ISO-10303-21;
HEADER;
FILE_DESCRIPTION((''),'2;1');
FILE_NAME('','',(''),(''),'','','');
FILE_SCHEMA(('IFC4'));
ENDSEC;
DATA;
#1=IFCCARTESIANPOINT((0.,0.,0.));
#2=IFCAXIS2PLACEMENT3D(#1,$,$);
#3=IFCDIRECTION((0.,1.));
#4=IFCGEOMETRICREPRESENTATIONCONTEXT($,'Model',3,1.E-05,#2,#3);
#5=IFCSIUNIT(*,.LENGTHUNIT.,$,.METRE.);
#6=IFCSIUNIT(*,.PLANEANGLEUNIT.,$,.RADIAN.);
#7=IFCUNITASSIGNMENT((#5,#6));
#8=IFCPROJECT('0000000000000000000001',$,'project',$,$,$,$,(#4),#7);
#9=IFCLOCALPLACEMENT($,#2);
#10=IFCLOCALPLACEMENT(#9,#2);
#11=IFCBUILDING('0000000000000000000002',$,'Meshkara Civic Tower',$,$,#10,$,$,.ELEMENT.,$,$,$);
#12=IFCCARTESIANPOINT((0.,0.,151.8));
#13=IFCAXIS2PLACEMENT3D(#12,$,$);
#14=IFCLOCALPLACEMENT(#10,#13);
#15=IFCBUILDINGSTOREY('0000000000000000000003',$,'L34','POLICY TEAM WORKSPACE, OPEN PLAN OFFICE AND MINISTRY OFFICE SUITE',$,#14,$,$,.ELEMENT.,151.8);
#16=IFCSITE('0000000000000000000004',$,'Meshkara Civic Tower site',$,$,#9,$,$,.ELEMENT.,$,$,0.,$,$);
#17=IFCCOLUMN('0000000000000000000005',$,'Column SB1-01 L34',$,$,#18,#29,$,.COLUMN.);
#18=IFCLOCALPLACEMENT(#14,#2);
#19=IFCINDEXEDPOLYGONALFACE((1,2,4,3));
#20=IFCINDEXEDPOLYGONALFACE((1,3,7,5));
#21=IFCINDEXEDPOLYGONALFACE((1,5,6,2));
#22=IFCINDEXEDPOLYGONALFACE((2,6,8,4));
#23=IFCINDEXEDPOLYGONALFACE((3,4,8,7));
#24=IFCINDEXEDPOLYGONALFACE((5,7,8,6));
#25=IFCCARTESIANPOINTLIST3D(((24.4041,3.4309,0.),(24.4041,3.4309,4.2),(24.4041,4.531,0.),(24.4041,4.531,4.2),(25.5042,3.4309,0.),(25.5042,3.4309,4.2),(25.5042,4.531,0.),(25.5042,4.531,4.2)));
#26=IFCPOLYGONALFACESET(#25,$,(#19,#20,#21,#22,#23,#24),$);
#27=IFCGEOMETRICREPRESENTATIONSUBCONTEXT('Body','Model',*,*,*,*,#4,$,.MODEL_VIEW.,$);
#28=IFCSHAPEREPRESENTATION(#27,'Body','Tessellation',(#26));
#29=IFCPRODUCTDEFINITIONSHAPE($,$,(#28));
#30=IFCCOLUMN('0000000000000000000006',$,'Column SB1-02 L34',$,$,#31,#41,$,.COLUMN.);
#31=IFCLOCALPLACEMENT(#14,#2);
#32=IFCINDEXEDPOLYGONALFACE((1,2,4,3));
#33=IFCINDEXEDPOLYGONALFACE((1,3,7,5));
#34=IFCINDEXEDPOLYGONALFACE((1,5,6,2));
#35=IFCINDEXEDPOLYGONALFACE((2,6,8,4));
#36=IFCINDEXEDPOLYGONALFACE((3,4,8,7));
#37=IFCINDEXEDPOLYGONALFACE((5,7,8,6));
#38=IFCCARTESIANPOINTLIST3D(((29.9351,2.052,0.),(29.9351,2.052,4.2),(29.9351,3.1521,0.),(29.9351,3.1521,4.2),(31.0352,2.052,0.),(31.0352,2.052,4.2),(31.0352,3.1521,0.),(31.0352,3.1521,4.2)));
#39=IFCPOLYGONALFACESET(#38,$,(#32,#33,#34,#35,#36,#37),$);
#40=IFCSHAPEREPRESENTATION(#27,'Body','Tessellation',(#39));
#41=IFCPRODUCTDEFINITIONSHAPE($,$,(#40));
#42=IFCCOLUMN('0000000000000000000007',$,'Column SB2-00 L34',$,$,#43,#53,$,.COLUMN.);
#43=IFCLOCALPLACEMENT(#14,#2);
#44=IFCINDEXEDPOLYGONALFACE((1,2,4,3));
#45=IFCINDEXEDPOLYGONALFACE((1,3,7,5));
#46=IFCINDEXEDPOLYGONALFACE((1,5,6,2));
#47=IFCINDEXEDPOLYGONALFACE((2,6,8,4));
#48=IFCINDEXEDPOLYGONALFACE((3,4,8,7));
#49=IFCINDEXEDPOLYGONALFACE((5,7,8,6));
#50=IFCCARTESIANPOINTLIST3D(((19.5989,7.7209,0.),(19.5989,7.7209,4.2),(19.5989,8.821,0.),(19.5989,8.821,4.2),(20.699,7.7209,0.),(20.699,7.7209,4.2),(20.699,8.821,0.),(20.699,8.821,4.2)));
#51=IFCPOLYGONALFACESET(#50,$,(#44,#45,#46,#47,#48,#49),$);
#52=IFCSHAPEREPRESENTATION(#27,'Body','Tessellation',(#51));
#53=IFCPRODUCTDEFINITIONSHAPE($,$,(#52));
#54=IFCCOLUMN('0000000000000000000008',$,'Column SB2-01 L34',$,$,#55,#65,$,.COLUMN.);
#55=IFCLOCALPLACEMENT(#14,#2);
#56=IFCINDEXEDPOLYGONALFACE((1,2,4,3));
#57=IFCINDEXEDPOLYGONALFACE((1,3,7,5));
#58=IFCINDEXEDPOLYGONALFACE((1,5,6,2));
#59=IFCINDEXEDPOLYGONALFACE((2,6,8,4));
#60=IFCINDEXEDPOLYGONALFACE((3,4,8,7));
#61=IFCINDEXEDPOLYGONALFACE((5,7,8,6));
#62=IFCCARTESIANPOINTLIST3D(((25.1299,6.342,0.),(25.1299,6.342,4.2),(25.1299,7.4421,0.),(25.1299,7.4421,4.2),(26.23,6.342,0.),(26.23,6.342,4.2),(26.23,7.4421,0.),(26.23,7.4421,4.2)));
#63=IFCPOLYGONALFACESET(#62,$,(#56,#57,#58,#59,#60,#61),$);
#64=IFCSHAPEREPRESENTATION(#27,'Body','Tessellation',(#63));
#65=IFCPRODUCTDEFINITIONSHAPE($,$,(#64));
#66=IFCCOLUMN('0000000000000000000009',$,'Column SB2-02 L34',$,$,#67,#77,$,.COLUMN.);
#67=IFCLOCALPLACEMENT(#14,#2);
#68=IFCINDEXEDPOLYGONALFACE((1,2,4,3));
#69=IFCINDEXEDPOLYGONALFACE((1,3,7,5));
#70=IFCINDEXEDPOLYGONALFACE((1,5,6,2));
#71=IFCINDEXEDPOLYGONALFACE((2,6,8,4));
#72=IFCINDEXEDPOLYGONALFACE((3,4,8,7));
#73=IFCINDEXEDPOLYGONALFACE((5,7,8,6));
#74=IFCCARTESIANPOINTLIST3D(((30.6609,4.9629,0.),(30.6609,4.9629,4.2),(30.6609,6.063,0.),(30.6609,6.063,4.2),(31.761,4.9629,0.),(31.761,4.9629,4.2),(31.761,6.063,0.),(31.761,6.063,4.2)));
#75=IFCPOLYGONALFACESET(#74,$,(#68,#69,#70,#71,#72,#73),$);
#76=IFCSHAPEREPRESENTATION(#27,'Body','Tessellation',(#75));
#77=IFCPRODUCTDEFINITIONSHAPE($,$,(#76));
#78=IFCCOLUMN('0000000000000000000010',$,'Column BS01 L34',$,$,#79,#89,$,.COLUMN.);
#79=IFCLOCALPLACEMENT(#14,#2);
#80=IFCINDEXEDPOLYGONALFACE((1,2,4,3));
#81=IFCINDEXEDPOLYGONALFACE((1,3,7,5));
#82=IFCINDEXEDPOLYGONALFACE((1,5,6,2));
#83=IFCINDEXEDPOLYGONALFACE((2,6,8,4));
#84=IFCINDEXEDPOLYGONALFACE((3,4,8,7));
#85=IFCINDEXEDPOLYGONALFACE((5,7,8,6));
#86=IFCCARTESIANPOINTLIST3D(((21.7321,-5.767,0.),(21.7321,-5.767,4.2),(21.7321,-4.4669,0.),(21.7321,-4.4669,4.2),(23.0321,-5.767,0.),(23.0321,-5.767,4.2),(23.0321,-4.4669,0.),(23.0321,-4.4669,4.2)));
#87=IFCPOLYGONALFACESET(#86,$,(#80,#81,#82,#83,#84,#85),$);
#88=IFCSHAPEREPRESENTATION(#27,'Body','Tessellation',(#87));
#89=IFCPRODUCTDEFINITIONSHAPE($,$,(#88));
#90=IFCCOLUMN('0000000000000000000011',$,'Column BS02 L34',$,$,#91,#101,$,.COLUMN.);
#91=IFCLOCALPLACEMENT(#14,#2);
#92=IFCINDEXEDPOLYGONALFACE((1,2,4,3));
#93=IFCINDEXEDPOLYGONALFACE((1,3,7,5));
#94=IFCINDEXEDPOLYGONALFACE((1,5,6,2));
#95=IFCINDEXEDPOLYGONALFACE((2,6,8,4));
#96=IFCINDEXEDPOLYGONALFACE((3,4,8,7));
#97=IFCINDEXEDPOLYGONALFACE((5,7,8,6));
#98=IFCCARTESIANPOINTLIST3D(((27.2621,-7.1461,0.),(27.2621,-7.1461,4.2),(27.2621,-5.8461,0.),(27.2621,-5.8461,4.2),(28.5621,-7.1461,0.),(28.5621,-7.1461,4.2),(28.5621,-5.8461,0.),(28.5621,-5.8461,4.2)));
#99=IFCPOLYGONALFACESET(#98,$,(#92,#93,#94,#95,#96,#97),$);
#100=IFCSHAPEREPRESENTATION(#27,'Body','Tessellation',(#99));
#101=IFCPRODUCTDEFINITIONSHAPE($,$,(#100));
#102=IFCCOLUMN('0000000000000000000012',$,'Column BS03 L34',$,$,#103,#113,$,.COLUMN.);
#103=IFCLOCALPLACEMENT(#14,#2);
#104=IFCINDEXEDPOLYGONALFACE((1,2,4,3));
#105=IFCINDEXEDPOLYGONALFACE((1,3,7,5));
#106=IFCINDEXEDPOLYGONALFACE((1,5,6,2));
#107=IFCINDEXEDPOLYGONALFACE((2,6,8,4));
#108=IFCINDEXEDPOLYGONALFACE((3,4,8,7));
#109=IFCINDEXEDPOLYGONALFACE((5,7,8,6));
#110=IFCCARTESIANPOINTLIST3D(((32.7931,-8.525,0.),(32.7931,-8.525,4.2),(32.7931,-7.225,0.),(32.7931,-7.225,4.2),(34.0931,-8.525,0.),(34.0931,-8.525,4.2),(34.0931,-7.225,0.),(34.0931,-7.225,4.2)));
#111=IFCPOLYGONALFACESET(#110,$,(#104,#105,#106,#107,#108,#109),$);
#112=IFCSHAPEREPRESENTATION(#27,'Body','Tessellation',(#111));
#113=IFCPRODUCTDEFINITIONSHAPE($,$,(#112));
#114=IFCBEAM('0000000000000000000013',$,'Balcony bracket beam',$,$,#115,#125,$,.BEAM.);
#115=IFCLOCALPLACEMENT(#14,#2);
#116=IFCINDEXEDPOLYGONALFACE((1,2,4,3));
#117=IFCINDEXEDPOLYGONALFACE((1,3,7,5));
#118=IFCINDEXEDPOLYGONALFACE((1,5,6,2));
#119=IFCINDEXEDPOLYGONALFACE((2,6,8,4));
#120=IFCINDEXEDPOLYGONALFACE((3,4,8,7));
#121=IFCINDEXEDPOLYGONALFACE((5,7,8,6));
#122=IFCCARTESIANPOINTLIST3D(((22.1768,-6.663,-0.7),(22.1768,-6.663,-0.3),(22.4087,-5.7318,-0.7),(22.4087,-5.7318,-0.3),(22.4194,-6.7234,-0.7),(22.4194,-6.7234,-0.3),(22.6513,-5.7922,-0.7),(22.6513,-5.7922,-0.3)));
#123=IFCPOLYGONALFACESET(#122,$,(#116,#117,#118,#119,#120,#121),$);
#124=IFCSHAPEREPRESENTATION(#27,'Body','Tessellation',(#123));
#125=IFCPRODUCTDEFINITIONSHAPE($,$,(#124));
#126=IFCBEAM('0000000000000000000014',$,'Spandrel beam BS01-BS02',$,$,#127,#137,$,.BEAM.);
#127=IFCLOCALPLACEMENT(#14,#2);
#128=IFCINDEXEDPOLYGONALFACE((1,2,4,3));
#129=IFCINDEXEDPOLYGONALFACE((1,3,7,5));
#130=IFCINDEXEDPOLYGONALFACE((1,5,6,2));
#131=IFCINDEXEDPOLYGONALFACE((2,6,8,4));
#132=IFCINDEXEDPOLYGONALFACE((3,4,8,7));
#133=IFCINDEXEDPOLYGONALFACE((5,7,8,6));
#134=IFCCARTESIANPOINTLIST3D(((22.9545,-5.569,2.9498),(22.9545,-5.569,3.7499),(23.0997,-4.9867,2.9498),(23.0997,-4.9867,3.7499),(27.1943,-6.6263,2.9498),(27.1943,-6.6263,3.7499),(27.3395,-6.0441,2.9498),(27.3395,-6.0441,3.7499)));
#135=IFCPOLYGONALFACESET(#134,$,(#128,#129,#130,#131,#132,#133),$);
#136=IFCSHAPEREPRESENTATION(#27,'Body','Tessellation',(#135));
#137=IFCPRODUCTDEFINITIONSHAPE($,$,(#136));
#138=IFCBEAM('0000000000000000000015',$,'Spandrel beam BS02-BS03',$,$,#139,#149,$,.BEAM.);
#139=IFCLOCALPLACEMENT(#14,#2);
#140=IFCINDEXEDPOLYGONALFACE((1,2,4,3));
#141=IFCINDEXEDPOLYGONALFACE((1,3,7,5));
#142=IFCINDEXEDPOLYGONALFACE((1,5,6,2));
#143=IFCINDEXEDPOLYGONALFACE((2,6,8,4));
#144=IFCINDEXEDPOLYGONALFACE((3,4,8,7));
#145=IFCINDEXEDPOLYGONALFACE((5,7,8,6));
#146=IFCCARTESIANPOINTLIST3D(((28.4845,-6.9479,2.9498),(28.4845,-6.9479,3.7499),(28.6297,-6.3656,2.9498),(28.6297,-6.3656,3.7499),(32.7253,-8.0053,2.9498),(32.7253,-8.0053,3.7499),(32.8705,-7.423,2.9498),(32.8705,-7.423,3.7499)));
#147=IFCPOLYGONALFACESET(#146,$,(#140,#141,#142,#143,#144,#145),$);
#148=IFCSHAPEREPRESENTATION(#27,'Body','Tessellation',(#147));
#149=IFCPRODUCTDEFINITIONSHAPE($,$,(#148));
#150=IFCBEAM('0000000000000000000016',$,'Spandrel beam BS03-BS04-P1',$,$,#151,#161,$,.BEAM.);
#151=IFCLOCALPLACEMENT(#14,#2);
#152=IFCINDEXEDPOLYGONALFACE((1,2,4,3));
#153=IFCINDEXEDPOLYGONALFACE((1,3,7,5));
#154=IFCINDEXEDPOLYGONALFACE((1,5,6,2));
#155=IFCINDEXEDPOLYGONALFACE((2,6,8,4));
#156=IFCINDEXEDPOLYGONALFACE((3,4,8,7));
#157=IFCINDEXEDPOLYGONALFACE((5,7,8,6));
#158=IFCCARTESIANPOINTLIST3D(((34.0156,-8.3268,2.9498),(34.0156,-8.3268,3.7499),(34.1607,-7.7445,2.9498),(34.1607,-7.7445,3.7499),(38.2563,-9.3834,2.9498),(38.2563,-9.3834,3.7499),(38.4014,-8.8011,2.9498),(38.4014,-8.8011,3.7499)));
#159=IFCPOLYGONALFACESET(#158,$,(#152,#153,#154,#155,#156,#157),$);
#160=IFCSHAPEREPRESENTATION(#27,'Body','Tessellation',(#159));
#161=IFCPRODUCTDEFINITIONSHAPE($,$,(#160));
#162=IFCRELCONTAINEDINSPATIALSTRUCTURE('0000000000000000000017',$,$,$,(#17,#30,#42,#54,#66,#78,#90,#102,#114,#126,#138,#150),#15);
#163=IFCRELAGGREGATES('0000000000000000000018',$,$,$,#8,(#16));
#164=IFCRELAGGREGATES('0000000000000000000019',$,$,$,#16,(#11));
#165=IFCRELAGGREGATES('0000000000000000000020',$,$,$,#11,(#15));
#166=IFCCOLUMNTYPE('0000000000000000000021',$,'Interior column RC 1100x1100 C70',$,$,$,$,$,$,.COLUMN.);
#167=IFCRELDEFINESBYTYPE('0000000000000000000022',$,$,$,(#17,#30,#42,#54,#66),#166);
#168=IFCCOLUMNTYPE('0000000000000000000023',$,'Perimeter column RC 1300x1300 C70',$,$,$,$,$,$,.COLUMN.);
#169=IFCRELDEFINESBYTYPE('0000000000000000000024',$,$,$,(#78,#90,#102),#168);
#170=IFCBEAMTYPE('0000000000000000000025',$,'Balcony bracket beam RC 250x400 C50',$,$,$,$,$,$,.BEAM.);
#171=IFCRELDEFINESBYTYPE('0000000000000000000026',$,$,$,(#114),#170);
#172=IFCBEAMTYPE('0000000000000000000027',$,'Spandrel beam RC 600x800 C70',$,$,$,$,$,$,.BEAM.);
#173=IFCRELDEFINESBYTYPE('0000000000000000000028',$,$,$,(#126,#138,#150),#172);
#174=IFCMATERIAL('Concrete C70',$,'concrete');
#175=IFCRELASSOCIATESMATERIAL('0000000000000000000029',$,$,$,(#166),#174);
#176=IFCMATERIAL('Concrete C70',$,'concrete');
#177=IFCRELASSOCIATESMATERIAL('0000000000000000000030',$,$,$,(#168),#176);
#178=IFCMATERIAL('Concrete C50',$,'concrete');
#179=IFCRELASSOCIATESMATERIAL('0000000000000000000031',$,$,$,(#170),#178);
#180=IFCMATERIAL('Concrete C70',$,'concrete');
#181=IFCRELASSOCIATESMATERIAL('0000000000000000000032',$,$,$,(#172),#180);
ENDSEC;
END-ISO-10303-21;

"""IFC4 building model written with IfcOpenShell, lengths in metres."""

from ifc_helpers import new_model, si_unit, direction, frame, origin, origin_2d, place, context, subcontext, project, spatial, rectangle, extrude, material, material_profile, profile_set, type_object, element, save


model = new_model("IFC4")

# Units and contexts
model_context = context("Model", 3, precision=1e-05, world=origin(), true_north=direction((0.0, 1.0)))
body_context = subcontext(model_context, "Body", "Model", "MODEL_VIEW")
ifc_project = project(units=[si_unit("LENGTHUNIT", "METRE"), si_unit("PLANEANGLEUNIT", "RADIAN")], contexts=[model_context])

# Site, building, storey
site_placement = place(None, origin())
site = spatial("IfcSite", under=ifc_project, at=site_placement, Name="Meshkara Civic Tower site", CompositionType="ELEMENT", RefElevation=0.0)
building_placement = place(site_placement, origin())
building = spatial("IfcBuilding", under=site, at=building_placement, Name="Meshkara Civic Tower", CompositionType="ELEMENT")
storey_placement = place(building_placement, frame((0.0, 0.0, 151.8)))
storey = spatial("IfcBuildingStorey", under=building, at=storey_placement, Name="L34", Description="POLICY TEAM WORKSPACE, OPEN PLAN OFFICE AND MINISTRY OFFICE SUITE", CompositionType="ELEMENT", Elevation=151.8)

# Columns
ifc_material_1 = material(Name="Concrete C70", Category="concrete")
ifc_material_profile_1 = material_profile(ifc_material_1, rectangle(XDim=1.1001, YDim=1.1001, at=origin_2d()))
ifc_profile_set_1 = profile_set([ifc_material_profile_1], Name="Concrete C70")
column_type_1 = type_object("IfcColumnType", Name="Interior column RC 1100x1100 C70", PredefinedType="COLUMN", material=ifc_profile_set_1)
for number, where, z_axis, x_axis, name in (
    (1, (24.9541, 3.981, 0.0), (0.0, 0.0, 1.0), (1.0, 0.0, 0.0), "Column SB1-01 L34"),
    (2, (30.4851, 2.6021, 0.0), (0.0, 0.0, 1.0), (1.0, 0.0, 0.0), "Column SB1-02 L34"),
    (3, (20.1489, 8.271, 0.0), (0.0, 0.0, 1.0), (1.0, 0.0, 0.0), "Column SB2-00 L34"),
    (4, (25.6799, 6.8921, 0.0), (0.0, 0.0, 1.0), (1.0, 0.0, 0.0), "Column SB2-01 L34"),
    (5, (31.2109, 5.5129, 0.0), (0.0, 0.0, 1.0), (1.0, 0.0, 0.0), "Column SB2-02 L34"),
):
    element("IfcColumn", number, at=place(storey_placement, frame(where, z_axis=z_axis, x_axis=x_axis)), inside=storey, type_object=column_type_1, Name=name, PredefinedType="COLUMN", context=body_context, shape_type="SweptSolid", body=[
        extrude(rectangle(XDim=1.1001, YDim=1.1001, at=origin_2d()), origin(), (0.0, 0.0, 1.0), 4.2),
    ])
ifc_material_2 = material(Name="Concrete C70", Category="concrete")
ifc_material_profile_2 = material_profile(ifc_material_2, rectangle(XDim=1.3, YDim=1.3, at=origin_2d()))
ifc_profile_set_2 = profile_set([ifc_material_profile_2], Name="Concrete C70")
column_type_2 = type_object("IfcColumnType", Name="Perimeter column RC 1300x1300 C70", PredefinedType="COLUMN", material=ifc_profile_set_2)
for number, where, z_axis, x_axis, name in (
    (6, (22.3821, -5.1169, 0.0), (0.0, 0.0, 1.0), (1.0, 0.0, 0.0), "Column BS01 L34"),
    (7, (27.9121, -6.4961, 0.0), (0.0, 0.0, 1.0), (1.0, 0.0, 0.0), "Column BS02 L34"),
    (8, (33.4431, -7.875, 0.0), (0.0, 0.0, 1.0), (1.0, 0.0, 0.0), "Column BS03 L34"),
):
    element("IfcColumn", number, at=place(storey_placement, frame(where, z_axis=z_axis, x_axis=x_axis)), inside=storey, type_object=column_type_2, Name=name, PredefinedType="COLUMN", context=body_context, shape_type="SweptSolid", body=[
        extrude(rectangle(XDim=1.3, YDim=1.3, at=origin_2d()), origin(), (0.0, 0.0, 1.0), 4.2),
    ])

# Beams
ifc_material_3 = material(Name="Concrete C50", Category="concrete")
ifc_material_profile_3 = material_profile(ifc_material_3, rectangle(XDim=0.25, YDim=0.3999, at=origin_2d()))
ifc_profile_set_3 = profile_set([ifc_material_profile_3], Name="Concrete C50")
beam_type_1 = type_object("IfcBeamType", Name="Balcony bracket beam RC 250x400 C50", PredefinedType="BEAM", material=ifc_profile_set_3)
beam_1_placement = place(storey_placement, frame((22.53, -5.762, -0.5), z_axis=(-0.241697, -0.970352, 0.0), x_axis=(0.970352, -0.241697, 0.0)))
element("IfcBeam", 9, at=beam_1_placement, inside=storey, type_object=beam_type_1, Name="Balcony bracket beam", PredefinedType="BEAM", context=body_context, shape_type="SweptSolid", body=[
    extrude(rectangle(XDim=0.25, YDim=0.3999, at=origin_2d()), origin(), (0.0, 0.0, 1.0), 0.9597),
])
ifc_material_4 = material(Name="Concrete C70", Category="concrete")
ifc_material_profile_4 = material_profile(ifc_material_4, rectangle(XDim=0.6001, YDim=0.8, at=origin_2d()))
ifc_profile_set_4 = profile_set([ifc_material_profile_4], Name="Concrete C70")
beam_type_2 = type_object("IfcBeamType", Name="Spandrel beam RC 600x800 C70", PredefinedType="BEAM", material=ifc_profile_set_4)
beam_2_placement = place(storey_placement, frame((23.0271, -5.2778, 3.3499), z_axis=(0.97028, -0.241983, 0.0), x_axis=(0.241983, 0.97028, 0.0)))
element("IfcBeam", 10, at=beam_2_placement, inside=storey, type_object=beam_type_2, Name="Spandrel beam BS01-BS02", PredefinedType="BEAM", context=body_context, shape_type="SweptSolid", body=[
    extrude(rectangle(XDim=0.6001, YDim=0.8, at=origin_2d()), origin(), (0.0, 0.0, 1.0), 4.3696),
])
beam_3_placement = place(storey_placement, frame((28.5571, -6.6567, 3.3499), z_axis=(0.970293, -0.241931, 0.0), x_axis=(0.241931, 0.970293, 0.0)))
element("IfcBeam", 11, at=beam_3_placement, inside=storey, type_object=beam_type_2, Name="Spandrel beam BS02-BS03", PredefinedType="BEAM", context=body_context, shape_type="SweptSolid", body=[
    extrude(rectangle(XDim=0.6001, YDim=0.8, at=origin_2d()), origin(), (0.0, 0.0, 1.0), 4.3706),
])
beam_4_placement = place(storey_placement, frame((34.0881, -8.0356, 3.3499), z_axis=(0.970333, -0.241773, 0.0), x_axis=(0.241773, 0.970333, 0.0)))
element("IfcBeam", 12, at=beam_4_placement, inside=storey, type_object=beam_type_2, Name="Spandrel beam BS03-BS04-P1", PredefinedType="BEAM", context=body_context, shape_type="SweptSolid", body=[
    extrude(rectangle(XDim=0.6001, YDim=0.8, at=origin_2d()), origin(), (0.0, 0.0, 1.0), 4.3704),
])

save(model, "model.ifc")
